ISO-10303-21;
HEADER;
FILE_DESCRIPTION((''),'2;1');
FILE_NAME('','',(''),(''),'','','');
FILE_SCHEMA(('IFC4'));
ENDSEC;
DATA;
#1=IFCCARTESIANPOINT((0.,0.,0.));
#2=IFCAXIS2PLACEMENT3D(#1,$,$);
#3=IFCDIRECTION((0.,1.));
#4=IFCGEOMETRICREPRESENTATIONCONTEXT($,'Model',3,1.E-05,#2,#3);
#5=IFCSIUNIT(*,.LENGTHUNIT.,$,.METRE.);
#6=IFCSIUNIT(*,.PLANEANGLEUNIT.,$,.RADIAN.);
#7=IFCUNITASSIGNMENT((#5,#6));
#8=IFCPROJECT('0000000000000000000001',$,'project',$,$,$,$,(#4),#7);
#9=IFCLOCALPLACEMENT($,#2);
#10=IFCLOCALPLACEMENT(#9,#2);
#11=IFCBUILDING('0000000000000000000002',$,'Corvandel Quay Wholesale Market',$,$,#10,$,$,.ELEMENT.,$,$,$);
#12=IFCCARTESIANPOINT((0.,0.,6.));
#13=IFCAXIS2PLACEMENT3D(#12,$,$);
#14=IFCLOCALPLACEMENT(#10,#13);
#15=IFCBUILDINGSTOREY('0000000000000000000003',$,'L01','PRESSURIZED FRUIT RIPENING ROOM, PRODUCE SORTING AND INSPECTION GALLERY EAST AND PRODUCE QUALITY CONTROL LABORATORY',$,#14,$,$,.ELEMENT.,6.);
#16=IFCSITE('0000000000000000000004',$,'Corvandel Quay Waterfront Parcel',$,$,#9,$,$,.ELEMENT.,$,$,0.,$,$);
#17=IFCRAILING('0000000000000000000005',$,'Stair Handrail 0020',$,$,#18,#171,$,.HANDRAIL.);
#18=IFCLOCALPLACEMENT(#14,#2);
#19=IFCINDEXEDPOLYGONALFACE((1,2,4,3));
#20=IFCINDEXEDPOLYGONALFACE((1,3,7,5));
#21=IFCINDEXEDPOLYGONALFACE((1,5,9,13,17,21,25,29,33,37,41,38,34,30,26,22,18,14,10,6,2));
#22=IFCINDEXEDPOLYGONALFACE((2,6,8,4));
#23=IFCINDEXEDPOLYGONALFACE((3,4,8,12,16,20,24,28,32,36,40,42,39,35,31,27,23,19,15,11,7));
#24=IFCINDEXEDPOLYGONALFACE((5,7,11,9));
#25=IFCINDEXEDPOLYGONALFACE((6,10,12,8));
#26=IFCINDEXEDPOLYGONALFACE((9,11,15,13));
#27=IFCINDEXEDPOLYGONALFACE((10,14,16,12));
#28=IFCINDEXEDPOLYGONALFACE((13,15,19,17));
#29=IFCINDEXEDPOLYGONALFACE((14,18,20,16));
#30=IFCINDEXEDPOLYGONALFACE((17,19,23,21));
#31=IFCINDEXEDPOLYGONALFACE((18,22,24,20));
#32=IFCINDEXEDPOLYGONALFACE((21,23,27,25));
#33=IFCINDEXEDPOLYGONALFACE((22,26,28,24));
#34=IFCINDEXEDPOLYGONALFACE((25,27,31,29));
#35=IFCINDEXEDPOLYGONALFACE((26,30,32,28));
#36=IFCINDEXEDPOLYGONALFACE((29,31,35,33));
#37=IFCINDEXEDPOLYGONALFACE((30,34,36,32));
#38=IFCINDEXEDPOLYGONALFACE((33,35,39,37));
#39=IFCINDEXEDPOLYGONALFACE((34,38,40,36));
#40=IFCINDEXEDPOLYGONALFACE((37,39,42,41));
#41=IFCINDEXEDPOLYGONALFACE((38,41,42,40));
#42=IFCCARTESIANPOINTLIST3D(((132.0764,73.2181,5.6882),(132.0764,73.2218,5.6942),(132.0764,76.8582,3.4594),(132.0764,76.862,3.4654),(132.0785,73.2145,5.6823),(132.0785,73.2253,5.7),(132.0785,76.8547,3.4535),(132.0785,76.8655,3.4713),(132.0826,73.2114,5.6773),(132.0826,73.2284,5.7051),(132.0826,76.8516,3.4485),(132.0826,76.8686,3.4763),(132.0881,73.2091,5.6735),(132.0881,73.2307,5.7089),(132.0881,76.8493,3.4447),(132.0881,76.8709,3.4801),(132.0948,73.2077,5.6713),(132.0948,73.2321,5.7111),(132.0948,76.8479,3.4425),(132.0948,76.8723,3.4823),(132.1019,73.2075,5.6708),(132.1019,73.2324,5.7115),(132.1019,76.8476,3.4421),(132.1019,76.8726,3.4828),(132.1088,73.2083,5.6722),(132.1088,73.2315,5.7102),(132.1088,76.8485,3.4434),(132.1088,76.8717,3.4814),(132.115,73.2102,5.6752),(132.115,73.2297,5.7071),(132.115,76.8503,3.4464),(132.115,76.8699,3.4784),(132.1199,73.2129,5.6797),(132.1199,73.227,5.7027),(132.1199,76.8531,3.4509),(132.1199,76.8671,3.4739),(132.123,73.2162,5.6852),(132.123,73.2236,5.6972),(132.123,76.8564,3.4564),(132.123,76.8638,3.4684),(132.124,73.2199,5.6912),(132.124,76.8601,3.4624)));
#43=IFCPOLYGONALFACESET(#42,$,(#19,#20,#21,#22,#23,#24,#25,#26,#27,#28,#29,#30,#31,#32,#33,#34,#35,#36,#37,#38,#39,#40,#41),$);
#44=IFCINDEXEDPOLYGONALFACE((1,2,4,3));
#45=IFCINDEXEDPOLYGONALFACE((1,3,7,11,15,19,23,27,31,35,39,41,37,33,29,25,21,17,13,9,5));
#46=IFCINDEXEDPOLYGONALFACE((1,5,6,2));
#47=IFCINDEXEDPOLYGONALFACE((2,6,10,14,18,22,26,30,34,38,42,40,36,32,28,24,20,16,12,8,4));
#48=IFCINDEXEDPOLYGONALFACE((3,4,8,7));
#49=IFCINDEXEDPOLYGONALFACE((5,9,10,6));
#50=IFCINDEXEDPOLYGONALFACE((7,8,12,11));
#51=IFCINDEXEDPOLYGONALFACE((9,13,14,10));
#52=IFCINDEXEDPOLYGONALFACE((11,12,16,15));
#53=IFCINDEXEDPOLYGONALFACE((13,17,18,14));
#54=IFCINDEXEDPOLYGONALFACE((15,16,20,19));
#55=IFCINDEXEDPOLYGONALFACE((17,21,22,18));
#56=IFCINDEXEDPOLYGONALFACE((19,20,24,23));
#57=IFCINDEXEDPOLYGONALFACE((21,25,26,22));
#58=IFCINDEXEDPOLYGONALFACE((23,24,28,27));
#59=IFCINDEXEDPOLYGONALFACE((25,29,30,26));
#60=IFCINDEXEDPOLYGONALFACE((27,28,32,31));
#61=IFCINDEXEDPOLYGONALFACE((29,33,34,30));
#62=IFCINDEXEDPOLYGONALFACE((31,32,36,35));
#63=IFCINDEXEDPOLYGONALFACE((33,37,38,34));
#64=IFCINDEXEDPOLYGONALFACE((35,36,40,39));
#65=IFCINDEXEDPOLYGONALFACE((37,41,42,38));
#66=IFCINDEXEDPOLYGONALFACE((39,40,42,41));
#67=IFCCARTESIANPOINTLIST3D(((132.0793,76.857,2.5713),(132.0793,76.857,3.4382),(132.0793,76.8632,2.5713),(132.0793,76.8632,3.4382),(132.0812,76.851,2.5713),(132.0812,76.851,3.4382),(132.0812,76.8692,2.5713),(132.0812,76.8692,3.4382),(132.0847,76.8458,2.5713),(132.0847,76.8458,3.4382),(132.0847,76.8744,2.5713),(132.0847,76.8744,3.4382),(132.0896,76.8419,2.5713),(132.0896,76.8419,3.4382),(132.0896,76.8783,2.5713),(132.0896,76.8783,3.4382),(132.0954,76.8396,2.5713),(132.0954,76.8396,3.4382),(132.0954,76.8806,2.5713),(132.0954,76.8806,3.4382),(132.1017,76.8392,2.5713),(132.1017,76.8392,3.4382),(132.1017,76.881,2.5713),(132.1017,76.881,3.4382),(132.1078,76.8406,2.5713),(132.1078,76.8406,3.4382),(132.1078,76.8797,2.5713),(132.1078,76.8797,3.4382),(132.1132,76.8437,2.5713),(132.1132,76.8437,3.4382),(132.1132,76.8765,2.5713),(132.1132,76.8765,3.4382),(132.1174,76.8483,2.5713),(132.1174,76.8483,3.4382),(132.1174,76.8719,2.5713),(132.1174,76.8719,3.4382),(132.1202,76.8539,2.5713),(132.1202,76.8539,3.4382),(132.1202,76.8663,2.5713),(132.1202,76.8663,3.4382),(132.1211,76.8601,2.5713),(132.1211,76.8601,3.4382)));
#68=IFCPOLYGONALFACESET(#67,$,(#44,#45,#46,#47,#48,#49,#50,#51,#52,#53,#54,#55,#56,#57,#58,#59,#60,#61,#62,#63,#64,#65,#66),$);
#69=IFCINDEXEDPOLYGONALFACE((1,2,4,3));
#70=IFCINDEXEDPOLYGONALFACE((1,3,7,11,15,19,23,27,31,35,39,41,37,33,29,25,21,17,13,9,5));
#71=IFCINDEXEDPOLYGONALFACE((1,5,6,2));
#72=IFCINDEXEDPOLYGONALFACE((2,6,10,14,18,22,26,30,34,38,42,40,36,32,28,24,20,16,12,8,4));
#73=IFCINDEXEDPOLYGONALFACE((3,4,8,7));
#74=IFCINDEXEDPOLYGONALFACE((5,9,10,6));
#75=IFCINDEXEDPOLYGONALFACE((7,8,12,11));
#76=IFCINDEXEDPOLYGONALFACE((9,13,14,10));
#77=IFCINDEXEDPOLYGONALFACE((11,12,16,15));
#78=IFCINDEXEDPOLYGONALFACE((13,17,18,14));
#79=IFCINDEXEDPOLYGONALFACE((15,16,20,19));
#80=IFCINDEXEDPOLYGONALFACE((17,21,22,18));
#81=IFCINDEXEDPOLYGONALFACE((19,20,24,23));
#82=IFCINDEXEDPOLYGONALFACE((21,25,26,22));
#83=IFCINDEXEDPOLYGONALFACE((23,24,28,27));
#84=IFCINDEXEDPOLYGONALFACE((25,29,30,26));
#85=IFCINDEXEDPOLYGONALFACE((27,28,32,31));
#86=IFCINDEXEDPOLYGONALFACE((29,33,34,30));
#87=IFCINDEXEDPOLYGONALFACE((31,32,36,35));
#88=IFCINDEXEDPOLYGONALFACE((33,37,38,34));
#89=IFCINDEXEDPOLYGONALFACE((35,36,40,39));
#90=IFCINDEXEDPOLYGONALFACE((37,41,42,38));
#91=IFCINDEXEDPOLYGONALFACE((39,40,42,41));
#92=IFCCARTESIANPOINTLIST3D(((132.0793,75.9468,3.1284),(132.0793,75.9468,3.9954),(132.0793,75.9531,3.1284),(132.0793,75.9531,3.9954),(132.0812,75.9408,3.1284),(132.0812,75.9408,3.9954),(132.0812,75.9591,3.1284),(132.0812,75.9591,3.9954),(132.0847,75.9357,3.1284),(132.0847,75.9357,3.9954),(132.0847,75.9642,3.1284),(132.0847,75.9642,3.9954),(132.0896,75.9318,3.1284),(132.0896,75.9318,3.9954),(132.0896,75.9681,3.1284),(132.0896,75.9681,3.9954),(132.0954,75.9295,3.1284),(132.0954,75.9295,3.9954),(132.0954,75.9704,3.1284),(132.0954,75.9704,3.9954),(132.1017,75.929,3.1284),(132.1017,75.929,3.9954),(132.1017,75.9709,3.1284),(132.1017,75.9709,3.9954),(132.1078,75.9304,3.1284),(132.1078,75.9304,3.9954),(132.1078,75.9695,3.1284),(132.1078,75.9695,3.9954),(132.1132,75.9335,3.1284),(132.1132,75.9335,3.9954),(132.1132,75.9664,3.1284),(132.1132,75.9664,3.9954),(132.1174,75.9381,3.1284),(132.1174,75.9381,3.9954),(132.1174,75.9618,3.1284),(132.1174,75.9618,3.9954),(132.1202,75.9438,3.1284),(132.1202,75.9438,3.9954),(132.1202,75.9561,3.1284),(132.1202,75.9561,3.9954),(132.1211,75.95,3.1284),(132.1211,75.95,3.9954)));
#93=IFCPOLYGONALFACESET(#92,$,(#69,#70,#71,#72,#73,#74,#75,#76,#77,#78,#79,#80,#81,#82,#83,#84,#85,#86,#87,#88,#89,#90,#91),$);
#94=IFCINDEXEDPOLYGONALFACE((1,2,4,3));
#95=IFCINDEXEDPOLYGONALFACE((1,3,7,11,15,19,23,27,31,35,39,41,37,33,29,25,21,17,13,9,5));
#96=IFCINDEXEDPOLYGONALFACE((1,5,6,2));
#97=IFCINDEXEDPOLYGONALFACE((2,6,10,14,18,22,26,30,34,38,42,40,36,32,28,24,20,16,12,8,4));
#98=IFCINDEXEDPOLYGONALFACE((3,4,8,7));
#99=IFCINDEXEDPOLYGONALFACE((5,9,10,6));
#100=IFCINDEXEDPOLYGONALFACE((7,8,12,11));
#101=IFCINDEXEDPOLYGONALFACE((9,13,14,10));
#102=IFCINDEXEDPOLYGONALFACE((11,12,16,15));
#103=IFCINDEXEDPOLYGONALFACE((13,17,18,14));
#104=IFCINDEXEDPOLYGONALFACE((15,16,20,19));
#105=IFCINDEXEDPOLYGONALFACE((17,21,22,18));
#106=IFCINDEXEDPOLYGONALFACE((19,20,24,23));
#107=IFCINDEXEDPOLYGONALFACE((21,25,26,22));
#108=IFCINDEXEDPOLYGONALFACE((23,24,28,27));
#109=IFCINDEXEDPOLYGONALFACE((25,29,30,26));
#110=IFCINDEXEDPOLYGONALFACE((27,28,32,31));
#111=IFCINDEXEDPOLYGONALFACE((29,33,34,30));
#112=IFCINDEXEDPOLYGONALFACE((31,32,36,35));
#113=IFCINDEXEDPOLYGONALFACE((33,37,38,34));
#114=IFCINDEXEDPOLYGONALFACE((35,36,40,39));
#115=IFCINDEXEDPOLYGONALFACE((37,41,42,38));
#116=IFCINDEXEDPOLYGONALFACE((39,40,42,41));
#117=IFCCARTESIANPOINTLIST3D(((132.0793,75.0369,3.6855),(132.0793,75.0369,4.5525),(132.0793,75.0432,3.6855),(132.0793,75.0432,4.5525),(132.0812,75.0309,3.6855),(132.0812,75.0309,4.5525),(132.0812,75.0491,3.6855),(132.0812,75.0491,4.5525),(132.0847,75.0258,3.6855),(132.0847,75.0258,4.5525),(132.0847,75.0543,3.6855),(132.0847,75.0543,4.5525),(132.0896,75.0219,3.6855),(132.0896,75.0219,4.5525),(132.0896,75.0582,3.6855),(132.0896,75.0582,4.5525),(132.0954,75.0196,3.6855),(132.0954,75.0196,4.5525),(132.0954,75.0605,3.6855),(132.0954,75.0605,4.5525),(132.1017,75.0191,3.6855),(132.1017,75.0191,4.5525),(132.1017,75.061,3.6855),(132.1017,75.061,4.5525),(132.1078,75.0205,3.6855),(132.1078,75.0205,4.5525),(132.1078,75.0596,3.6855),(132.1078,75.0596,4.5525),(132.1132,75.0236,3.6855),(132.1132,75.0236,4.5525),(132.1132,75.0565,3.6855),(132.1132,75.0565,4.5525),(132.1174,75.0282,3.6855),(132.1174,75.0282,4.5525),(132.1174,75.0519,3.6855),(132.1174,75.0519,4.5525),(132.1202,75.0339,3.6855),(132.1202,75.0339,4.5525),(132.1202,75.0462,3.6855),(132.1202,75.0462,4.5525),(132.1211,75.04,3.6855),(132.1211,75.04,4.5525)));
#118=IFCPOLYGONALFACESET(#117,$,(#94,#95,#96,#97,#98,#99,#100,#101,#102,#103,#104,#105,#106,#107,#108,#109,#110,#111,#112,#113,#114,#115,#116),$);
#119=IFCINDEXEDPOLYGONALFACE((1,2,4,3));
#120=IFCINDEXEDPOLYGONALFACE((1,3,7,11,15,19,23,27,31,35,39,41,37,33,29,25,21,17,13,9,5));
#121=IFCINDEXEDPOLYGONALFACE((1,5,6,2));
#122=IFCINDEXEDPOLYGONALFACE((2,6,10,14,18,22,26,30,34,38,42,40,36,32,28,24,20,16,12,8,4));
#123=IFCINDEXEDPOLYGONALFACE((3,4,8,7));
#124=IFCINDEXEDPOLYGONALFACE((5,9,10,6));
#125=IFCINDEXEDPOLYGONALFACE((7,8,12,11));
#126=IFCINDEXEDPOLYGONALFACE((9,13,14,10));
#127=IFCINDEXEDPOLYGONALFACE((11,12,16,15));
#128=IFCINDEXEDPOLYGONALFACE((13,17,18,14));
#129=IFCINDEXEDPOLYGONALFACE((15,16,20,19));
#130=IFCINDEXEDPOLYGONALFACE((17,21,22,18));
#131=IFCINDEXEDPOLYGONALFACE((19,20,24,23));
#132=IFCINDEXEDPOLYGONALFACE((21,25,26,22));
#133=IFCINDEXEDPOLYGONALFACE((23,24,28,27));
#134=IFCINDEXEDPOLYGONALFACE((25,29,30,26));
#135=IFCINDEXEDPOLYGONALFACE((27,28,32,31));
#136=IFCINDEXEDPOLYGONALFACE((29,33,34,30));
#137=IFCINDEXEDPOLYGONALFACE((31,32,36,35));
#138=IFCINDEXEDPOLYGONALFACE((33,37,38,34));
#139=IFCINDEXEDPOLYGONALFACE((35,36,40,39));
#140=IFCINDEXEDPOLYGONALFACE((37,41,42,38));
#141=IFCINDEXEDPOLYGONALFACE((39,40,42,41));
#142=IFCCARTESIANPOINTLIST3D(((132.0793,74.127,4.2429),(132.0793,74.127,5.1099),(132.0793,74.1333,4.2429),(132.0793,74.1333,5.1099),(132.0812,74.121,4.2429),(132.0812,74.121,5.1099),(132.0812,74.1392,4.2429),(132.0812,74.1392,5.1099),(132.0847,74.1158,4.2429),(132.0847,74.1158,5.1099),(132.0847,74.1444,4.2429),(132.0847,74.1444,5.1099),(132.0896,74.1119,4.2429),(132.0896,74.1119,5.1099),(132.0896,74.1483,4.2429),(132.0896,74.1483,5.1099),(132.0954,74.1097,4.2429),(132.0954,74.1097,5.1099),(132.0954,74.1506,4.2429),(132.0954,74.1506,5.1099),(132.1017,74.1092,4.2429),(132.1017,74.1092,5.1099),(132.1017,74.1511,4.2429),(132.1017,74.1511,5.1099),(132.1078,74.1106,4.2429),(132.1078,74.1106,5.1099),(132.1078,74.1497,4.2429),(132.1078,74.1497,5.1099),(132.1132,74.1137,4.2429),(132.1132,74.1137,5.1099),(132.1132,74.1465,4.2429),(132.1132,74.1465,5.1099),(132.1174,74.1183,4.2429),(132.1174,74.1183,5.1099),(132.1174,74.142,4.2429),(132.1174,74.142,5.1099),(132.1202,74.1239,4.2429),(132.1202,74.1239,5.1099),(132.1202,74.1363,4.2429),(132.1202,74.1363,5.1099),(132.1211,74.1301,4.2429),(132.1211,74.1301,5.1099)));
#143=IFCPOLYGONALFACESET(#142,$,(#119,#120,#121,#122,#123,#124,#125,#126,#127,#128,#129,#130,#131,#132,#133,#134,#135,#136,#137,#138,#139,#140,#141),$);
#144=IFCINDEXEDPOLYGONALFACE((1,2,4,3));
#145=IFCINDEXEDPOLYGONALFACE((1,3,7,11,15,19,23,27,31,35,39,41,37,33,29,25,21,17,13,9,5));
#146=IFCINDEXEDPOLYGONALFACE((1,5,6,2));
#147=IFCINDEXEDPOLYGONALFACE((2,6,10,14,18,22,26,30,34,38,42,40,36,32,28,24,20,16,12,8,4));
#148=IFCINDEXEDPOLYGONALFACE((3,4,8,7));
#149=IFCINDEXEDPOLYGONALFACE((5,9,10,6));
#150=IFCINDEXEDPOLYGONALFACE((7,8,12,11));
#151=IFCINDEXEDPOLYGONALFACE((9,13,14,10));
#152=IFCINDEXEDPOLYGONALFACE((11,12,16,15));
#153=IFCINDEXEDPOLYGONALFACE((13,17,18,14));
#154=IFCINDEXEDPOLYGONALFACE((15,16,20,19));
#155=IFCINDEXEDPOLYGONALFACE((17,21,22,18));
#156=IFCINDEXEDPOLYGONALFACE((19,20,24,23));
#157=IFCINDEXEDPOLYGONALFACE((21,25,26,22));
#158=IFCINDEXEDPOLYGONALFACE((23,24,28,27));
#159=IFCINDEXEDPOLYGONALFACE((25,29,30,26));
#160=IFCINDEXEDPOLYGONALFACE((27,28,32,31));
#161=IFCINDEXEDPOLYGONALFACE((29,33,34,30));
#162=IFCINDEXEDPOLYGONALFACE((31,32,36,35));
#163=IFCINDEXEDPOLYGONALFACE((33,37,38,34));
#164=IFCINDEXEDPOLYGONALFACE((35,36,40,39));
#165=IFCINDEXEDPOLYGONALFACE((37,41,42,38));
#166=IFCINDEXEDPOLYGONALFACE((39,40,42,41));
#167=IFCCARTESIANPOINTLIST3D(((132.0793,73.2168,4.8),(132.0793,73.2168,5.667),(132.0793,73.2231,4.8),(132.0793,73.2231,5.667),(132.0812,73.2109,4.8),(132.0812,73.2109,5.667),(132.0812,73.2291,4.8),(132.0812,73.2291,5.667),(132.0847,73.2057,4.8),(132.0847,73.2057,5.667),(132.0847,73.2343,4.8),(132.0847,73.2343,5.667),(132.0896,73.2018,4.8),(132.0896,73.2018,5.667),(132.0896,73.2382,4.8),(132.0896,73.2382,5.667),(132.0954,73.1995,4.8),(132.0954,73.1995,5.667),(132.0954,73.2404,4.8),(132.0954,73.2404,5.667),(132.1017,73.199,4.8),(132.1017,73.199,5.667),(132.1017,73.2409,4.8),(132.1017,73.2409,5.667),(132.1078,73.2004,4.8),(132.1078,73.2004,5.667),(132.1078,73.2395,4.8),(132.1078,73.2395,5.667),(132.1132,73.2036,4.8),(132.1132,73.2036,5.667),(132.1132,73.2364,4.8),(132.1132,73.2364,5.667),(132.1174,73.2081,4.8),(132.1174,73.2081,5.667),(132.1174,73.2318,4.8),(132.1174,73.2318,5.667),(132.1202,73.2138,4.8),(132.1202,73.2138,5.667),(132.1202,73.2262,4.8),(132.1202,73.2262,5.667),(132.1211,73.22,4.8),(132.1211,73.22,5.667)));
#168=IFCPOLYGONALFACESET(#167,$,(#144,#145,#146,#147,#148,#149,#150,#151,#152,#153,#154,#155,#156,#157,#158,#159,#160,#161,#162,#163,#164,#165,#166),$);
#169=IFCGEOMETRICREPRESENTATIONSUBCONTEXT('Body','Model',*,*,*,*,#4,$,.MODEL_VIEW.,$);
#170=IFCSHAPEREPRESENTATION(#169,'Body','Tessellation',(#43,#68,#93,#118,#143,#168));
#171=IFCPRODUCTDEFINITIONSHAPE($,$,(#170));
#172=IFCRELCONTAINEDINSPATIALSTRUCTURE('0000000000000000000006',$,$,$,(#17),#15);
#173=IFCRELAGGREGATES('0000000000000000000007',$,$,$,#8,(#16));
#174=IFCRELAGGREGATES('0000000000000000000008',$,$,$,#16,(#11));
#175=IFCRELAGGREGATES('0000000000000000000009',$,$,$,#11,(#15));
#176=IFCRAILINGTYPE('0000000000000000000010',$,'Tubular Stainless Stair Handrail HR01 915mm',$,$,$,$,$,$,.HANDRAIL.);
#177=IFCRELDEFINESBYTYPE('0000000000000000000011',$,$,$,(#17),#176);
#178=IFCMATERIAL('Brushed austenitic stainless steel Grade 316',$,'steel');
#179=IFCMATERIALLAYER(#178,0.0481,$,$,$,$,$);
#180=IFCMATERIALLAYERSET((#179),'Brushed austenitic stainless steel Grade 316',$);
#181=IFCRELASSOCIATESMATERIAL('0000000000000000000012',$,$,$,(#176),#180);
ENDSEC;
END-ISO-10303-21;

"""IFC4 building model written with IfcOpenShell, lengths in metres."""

from ifc_helpers import new_model, si_unit, direction, frame, origin, origin_2d, place, context, subcontext, project, spatial, circle, extrude, material, layer, layer_set, type_object, element, save


model = new_model("IFC4")

# Units and contexts
model_context = context("Model", 3, precision=1e-05, world=origin(), true_north=direction((0.0, 1.0)))
body_context = subcontext(model_context, "Body", "Model", "MODEL_VIEW")
ifc_project = project(units=[si_unit("LENGTHUNIT", "METRE"), si_unit("PLANEANGLEUNIT", "RADIAN")], contexts=[model_context])

# Site, building, storey
site_placement = place(None, origin())
site = spatial("IfcSite", under=ifc_project, at=site_placement, Name="Corvandel Quay Waterfront Parcel", CompositionType="ELEMENT", RefElevation=0.0)
building_placement = place(site_placement, origin())
building = spatial("IfcBuilding", under=site, at=building_placement, Name="Corvandel Quay Wholesale Market", CompositionType="ELEMENT")
storey_placement = place(building_placement, frame((0.0, 0.0, 6.0)))
storey = spatial("IfcBuildingStorey", under=building, at=storey_placement, Name="L01", Description="PRESSURIZED FRUIT RIPENING ROOM, PRODUCE SORTING AND INSPECTION GALLERY EAST AND PRODUCE QUALITY CONTROL LABORATORY", CompositionType="ELEMENT", Elevation=6.0)

# Railing
ifc_material_1 = material(Name="Brushed austenitic stainless steel Grade 316", Category="steel")
ifc_layer_1 = layer(ifc_material_1, 0.0481)
ifc_layer_set_1 = layer_set([ifc_layer_1], Name="Brushed austenitic stainless steel Grade 316")
railing_type_1 = type_object("IfcRailingType", Name="Tubular Stainless Stair Handrail HR01 915mm", PredefinedType="HANDRAIL", material=ifc_layer_set_1)
for number, where, name in (
    (1, (132.1001, 76.8601, 2.5713), "Stair Handrail 0020"),
):
    element("IfcRailing", number, at=place(storey_placement, frame(where)), inside=storey, type_object=railing_type_1, Name=name, PredefinedType="HANDRAIL", context=body_context, shape_type="SweptSolid", body=[
        extrude(circle(Radius=0.0239, at=origin_2d()), frame((0.0, 0.0, 0.8911), z_axis=(0.0, -0.85284, 0.522172), x_axis=(1.0, 0.0, 0.0)), (0.0, 0.0, 1.0), 4.2683),
        extrude(circle(Radius=0.021, at=origin_2d()), origin(), (0.0, 0.0, 1.0), 0.8669),
        extrude(circle(Radius=0.021, at=origin_2d()), frame((0.0, -0.9102, 0.5571)), (0.0, 0.0, 1.0), 0.8669),
        extrude(circle(Radius=0.021, at=origin_2d()), frame((0.0, -1.8201, 1.1143)), (0.0, 0.0, 1.0), 0.8669),
        extrude(circle(Radius=0.021, at=origin_2d()), frame((0.0, -2.73, 1.6716)), (0.0, 0.0, 1.0), 0.8669),
        extrude(circle(Radius=0.021, at=origin_2d()), frame((0.0, -3.6401, 2.2288)), (0.0, 0.0, 1.0), 0.8669),
    ])

save(model, "model.ifc")
